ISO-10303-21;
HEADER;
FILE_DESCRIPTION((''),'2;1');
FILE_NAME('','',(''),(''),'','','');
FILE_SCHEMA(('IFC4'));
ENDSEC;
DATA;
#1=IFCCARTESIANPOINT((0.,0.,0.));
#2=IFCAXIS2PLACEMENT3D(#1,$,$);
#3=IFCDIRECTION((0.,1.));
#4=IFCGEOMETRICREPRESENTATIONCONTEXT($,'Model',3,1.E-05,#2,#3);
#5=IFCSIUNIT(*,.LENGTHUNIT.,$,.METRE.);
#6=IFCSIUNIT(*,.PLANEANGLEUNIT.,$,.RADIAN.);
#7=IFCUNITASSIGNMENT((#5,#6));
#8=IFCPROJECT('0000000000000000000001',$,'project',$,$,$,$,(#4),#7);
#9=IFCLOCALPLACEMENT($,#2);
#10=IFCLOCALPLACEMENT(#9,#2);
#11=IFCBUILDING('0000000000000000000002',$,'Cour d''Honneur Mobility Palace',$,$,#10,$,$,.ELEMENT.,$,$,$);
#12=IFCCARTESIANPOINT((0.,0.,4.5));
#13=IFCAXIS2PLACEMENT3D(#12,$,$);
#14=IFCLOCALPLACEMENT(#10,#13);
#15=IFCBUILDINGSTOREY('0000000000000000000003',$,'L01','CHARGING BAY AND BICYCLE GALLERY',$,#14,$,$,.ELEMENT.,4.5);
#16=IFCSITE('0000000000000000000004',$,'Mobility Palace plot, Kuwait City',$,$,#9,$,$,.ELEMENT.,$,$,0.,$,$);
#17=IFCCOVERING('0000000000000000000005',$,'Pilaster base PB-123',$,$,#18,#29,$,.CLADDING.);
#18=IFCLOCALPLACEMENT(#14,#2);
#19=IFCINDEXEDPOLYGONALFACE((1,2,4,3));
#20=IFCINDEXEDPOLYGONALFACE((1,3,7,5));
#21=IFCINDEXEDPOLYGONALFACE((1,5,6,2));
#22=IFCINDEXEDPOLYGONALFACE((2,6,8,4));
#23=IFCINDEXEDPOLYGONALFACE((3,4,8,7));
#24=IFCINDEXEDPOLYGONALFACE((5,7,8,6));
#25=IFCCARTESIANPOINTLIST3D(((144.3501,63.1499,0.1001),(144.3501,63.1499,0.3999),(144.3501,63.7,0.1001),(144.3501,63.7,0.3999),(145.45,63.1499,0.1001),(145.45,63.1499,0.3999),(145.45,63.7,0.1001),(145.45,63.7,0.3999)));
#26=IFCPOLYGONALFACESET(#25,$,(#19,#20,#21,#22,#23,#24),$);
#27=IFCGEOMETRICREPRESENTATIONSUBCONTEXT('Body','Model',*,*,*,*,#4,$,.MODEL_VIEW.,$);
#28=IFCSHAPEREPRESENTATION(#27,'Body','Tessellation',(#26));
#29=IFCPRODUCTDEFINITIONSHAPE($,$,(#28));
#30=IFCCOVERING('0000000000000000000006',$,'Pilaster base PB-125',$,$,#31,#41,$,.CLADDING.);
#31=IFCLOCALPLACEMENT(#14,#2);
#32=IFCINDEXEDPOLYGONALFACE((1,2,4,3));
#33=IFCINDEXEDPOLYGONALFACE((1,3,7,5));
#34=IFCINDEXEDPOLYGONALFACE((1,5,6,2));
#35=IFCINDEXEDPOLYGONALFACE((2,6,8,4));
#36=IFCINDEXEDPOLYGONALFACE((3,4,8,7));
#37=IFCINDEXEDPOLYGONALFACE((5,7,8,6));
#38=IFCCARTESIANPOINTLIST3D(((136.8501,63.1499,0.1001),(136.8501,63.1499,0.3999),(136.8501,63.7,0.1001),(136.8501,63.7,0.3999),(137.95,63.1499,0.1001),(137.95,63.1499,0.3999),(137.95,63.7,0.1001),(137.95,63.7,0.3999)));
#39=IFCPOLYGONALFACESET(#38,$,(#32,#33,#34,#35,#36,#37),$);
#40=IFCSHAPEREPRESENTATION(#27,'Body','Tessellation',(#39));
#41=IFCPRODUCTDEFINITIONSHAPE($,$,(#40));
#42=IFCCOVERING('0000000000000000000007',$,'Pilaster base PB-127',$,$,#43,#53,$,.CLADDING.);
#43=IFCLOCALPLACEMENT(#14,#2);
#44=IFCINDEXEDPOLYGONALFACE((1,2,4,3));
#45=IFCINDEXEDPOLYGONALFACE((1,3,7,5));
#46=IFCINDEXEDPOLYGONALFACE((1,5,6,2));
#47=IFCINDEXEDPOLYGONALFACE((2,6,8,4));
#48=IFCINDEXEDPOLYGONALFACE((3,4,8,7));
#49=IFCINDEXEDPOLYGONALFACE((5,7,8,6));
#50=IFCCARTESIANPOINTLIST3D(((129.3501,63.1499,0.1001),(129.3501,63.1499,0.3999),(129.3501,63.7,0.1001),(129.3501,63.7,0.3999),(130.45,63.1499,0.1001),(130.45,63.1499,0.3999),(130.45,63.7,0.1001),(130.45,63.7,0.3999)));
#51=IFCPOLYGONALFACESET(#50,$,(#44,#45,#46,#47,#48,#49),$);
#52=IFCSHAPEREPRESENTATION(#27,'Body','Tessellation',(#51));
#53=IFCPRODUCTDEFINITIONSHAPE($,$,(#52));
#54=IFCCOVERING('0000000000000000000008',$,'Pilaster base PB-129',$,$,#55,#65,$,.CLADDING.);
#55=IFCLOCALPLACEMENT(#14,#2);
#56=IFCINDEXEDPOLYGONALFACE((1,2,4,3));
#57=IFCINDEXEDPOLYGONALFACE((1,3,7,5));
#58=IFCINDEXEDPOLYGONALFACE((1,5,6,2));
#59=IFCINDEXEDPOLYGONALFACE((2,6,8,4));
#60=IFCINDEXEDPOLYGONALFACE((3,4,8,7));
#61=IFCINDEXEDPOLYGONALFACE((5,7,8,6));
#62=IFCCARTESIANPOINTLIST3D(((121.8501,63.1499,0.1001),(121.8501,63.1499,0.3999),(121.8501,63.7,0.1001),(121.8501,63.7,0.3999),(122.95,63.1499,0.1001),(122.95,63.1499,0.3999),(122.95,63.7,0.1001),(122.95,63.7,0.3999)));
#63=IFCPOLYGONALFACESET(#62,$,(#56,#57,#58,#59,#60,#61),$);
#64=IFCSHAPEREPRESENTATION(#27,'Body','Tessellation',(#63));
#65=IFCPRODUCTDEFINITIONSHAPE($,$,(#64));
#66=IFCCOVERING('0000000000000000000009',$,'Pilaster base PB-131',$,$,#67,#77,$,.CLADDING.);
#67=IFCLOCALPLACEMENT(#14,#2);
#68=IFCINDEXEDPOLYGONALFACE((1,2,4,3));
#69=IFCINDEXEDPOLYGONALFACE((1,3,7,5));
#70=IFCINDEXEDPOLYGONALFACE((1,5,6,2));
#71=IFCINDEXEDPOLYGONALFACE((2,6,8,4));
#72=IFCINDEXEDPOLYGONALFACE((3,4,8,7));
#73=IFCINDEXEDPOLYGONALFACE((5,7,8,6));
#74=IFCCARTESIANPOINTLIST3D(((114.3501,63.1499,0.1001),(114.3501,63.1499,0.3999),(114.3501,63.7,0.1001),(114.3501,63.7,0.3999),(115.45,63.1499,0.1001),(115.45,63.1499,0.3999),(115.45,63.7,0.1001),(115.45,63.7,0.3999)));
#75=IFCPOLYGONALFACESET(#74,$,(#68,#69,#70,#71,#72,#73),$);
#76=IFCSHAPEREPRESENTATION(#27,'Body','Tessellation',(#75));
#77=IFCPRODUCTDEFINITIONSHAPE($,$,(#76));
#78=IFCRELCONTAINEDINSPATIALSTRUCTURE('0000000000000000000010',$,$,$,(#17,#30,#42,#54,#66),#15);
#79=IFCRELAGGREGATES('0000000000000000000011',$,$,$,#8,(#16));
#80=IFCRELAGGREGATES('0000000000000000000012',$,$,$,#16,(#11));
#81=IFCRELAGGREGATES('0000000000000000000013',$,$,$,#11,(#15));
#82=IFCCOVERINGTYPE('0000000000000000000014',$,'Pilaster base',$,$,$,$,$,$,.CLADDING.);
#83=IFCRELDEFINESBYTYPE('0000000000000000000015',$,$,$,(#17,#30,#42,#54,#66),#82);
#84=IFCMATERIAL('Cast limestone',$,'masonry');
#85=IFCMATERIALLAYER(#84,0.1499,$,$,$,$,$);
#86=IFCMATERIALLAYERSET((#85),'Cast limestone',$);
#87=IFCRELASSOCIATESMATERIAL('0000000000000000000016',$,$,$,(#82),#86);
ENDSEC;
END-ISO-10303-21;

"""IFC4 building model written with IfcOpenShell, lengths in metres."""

from ifc_helpers import new_model, si_unit, direction, frame, origin, place, context, subcontext, project, spatial, polyline, outline, extrude, material, layer, layer_set, type_object, element, save


model = new_model("IFC4")

# Units and contexts
model_context = context("Model", 3, precision=1e-05, world=origin(), true_north=direction((0.0, 1.0)))
body_context = subcontext(model_context, "Body", "Model", "MODEL_VIEW")
ifc_project = project(units=[si_unit("LENGTHUNIT", "METRE"), si_unit("PLANEANGLEUNIT", "RADIAN")], contexts=[model_context])

# Site, building, storey
site_placement = place(None, origin())
site = spatial("IfcSite", under=ifc_project, at=site_placement, Name="Mobility Palace plot, Kuwait City", CompositionType="ELEMENT", RefElevation=0.0)
building_placement = place(site_placement, origin())
building = spatial("IfcBuilding", under=site, at=building_placement, Name="Cour d'Honneur Mobility Palace", CompositionType="ELEMENT")
storey_placement = place(building_placement, frame((0.0, 0.0, 4.5)))
storey = spatial("IfcBuildingStorey", under=building, at=storey_placement, Name="L01", Description="CHARGING BAY AND BICYCLE GALLERY", CompositionType="ELEMENT", Elevation=4.5)

# Coverings
ifc_material = material(Name="Cast limestone", Category="masonry")
ifc_layer = layer(ifc_material, 0.1499)
ifc_layer_set = layer_set([ifc_layer], Name="Cast limestone")
covering_type = type_object("IfcCoveringType", Name="Pilaster base", PredefinedType="CLADDING", material=ifc_layer_set)
covering_1_placement = place(storey_placement, frame((0.0, 0.0, 0.1001)))
element("IfcCovering", 1, at=covering_1_placement, inside=storey, type_object=covering_type, Name="Pilaster base PB-123", PredefinedType="CLADDING", context=body_context, shape_type="SweptSolid", body=[
    extrude(outline(polyline([(145.45, 63.1499), (144.3501, 63.1499), (144.3501, 63.7), (145.45, 63.7), (145.45, 63.1499)])), origin(), (0.0, 0.0, 1.0), 0.2998),
])
covering_2_placement = place(storey_placement, frame((0.0, 0.0, 0.1001)))
element("IfcCovering", 2, at=covering_2_placement, inside=storey, type_object=covering_type, Name="Pilaster base PB-125", PredefinedType="CLADDING", context=body_context, shape_type="SweptSolid", body=[
    extrude(outline(polyline([(137.95, 63.1499), (136.8501, 63.1499), (136.8501, 63.7), (137.95, 63.7), (137.95, 63.1499)])), origin(), (0.0, 0.0, 1.0), 0.2998),
])
covering_3_placement = place(storey_placement, frame((0.0, 0.0, 0.1001)))
element("IfcCovering", 3, at=covering_3_placement, inside=storey, type_object=covering_type, Name="Pilaster base PB-127", PredefinedType="CLADDING", context=body_context, shape_type="SweptSolid", body=[
    extrude(outline(polyline([(130.45, 63.1499), (129.3501, 63.1499), (129.3501, 63.7), (130.45, 63.7), (130.45, 63.1499)])), origin(), (0.0, 0.0, 1.0), 0.2998),
])
covering_4_placement = place(storey_placement, frame((0.0, 0.0, 0.1001)))
element("IfcCovering", 4, at=covering_4_placement, inside=storey, type_object=covering_type, Name="Pilaster base PB-129", PredefinedType="CLADDING", context=body_context, shape_type="SweptSolid", body=[
    extrude(outline(polyline([(122.95, 63.1499), (121.8501, 63.1499), (121.8501, 63.7), (122.95, 63.7), (122.95, 63.1499)])), origin(), (0.0, 0.0, 1.0), 0.2998),
])
covering_5_placement = place(storey_placement, frame((0.0, 0.0, 0.1001)))
element("IfcCovering", 5, at=covering_5_placement, inside=storey, type_object=covering_type, Name="Pilaster base PB-131", PredefinedType="CLADDING", context=body_context, shape_type="SweptSolid", body=[
    extrude(outline(polyline([(115.45, 63.1499), (114.3501, 63.1499), (114.3501, 63.7), (115.45, 63.7), (115.45, 63.1499)])), origin(), (0.0, 0.0, 1.0), 0.2998),
])

save(model, "model.ifc")
